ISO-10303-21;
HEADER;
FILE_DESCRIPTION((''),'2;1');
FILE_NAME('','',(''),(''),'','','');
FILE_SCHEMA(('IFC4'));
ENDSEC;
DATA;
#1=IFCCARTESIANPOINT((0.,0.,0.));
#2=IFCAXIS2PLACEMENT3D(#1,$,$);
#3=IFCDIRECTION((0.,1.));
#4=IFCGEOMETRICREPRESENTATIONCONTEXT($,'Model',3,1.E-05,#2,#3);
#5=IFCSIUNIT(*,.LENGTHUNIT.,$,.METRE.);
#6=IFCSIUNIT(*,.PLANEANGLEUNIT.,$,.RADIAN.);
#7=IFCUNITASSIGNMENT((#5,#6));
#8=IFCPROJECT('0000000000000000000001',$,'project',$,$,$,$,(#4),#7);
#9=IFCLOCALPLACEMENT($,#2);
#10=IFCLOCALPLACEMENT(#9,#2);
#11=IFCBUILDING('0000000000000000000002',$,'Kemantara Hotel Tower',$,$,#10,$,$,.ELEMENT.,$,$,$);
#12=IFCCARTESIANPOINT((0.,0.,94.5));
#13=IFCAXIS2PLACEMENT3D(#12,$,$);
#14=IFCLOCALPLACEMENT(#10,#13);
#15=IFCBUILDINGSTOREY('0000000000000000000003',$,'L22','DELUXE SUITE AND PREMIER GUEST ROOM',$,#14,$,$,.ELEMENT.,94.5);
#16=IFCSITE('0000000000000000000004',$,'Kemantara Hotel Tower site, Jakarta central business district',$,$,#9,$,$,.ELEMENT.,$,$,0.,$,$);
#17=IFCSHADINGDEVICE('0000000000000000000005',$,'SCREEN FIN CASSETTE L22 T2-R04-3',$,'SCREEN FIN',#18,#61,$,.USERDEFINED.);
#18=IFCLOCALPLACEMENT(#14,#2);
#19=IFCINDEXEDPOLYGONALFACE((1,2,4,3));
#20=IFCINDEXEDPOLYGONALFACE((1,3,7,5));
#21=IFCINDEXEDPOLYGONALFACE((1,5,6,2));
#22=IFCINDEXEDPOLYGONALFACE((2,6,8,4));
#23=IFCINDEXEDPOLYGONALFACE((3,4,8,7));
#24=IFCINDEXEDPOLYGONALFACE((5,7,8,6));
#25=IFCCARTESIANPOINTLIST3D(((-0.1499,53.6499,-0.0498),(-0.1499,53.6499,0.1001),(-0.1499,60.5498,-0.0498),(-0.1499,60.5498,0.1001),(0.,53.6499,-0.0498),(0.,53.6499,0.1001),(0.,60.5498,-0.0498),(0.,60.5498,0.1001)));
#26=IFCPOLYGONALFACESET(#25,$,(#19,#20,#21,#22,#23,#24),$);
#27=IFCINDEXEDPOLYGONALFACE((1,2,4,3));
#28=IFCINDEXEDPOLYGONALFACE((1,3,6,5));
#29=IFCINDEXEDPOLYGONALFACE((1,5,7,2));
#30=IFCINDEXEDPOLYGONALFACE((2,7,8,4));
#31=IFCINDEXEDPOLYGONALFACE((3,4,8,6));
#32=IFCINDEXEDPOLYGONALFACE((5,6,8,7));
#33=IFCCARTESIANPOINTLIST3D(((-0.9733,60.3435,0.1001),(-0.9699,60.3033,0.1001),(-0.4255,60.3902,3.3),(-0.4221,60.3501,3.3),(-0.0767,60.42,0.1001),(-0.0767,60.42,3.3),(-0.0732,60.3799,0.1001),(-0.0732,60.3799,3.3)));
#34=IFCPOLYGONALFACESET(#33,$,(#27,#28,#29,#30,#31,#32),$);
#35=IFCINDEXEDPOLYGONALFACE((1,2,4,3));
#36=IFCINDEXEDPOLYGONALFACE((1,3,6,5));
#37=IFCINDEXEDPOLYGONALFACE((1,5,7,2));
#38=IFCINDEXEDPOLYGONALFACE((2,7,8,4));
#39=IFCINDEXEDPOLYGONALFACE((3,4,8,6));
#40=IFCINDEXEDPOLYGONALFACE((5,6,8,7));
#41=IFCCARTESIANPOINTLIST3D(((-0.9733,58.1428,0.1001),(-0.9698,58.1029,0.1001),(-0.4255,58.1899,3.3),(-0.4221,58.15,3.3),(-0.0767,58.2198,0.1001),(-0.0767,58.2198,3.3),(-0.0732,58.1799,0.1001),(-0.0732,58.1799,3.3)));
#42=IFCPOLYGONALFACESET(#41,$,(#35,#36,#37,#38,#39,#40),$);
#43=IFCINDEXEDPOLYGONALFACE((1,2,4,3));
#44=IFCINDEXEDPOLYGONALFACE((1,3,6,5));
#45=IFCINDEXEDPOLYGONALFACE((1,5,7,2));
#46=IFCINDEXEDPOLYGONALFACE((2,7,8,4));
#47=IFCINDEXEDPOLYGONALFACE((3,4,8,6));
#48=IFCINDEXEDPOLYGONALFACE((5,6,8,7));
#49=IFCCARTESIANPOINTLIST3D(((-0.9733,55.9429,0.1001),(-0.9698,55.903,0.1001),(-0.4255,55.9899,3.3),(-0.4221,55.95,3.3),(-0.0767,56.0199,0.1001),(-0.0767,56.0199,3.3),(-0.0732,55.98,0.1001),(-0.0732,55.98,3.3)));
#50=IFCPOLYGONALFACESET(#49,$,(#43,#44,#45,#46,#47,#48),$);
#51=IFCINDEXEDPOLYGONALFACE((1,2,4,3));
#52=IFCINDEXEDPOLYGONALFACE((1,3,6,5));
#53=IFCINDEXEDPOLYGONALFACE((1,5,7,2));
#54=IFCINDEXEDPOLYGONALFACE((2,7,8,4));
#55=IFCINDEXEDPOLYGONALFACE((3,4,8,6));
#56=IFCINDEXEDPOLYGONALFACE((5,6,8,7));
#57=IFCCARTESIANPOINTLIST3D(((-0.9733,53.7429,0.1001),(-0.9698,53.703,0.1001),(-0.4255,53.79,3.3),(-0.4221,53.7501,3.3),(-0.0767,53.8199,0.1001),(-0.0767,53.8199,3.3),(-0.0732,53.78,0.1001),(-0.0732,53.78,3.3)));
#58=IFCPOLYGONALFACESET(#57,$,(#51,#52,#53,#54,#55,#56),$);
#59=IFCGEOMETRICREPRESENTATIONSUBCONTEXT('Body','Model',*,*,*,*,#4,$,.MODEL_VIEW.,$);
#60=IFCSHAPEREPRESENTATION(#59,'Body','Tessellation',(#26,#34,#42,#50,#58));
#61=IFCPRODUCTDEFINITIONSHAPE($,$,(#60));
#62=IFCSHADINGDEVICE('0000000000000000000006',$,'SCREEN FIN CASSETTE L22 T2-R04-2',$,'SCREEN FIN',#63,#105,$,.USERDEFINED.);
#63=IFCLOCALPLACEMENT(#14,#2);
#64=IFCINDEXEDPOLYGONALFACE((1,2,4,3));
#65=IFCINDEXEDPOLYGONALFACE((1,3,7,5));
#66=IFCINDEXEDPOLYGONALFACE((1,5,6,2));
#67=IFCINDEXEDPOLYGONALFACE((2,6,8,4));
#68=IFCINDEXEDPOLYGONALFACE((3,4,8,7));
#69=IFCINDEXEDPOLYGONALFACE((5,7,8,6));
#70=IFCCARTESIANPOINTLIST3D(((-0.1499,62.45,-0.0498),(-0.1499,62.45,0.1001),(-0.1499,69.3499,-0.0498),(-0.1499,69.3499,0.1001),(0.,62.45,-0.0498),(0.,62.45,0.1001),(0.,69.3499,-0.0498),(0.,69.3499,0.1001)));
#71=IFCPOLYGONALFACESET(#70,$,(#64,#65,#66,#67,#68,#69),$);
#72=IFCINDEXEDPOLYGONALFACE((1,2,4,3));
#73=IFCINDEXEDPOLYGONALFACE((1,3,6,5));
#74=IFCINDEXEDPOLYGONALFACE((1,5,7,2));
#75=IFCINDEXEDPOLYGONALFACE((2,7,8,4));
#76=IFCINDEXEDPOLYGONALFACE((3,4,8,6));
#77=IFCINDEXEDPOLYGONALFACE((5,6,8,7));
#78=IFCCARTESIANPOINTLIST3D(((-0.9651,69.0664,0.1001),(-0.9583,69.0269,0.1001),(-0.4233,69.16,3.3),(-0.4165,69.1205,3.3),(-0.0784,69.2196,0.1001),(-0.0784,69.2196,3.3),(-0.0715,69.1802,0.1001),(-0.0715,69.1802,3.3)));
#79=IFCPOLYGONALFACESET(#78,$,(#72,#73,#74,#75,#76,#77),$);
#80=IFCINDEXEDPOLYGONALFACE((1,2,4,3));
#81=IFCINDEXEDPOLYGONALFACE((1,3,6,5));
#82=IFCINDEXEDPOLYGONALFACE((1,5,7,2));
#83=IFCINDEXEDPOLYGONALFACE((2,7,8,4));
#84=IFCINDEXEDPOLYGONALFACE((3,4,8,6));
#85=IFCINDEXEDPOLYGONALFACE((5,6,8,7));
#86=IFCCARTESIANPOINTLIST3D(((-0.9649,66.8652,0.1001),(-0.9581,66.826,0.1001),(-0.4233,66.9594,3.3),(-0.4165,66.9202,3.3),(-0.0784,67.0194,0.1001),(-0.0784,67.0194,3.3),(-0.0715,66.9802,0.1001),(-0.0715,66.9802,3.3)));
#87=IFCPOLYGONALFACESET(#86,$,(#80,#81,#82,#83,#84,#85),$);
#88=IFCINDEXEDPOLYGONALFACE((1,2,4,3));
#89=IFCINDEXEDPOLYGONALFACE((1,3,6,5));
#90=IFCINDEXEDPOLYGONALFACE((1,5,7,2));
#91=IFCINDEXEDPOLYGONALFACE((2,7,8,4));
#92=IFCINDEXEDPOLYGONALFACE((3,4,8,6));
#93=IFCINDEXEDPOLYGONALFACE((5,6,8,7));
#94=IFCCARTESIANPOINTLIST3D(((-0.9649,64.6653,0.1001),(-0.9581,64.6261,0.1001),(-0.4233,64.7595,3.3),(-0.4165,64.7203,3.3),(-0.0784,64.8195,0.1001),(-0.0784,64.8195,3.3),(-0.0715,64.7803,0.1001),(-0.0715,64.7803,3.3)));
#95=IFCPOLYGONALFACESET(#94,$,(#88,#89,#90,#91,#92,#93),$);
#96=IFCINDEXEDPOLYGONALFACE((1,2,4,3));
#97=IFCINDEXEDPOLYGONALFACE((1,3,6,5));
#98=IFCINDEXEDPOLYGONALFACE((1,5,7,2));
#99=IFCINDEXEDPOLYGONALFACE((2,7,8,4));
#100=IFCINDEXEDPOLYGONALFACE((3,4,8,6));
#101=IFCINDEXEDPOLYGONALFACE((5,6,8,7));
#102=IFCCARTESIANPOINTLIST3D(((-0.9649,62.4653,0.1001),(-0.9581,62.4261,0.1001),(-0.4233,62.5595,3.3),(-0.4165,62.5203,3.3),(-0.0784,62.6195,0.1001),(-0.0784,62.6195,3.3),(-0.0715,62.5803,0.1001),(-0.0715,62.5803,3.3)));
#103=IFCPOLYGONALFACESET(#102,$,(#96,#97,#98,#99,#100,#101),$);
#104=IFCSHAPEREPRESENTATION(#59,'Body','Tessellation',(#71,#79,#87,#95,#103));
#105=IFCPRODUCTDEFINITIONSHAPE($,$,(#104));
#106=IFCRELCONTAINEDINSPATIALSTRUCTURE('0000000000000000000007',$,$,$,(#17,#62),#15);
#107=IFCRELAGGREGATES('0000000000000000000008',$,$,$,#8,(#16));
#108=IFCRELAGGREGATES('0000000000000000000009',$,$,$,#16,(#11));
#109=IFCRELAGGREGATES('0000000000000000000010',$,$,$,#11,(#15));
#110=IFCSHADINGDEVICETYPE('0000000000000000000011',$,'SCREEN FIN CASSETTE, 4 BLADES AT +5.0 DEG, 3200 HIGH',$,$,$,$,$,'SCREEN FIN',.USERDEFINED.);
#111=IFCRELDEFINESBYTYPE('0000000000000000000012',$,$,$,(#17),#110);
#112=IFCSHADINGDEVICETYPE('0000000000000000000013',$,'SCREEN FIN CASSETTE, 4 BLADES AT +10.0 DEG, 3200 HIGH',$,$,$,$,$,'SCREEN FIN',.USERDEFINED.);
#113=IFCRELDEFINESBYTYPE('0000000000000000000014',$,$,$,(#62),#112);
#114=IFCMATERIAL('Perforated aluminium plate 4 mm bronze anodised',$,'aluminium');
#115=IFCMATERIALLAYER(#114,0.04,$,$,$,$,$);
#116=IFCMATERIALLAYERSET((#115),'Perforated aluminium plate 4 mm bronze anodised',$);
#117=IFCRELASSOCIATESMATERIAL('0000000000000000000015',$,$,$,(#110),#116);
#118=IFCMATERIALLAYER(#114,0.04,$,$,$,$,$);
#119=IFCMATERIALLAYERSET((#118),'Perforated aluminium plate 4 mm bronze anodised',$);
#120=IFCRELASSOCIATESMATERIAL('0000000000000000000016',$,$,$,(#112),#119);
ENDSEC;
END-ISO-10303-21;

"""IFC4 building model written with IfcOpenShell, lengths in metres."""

from ifc_helpers import new_model, si_unit, direction, frame, origin, origin_2d, place, context, subcontext, project, spatial, polyline, rectangle, outline, extrude, source, transform, mapped, material, layer, layer_set, type_object, element, save


model = new_model("IFC4")

# Units and contexts
model_context = context("Model", 3, precision=1e-05, world=origin(), true_north=direction((0.0, 1.0)))
body_context = subcontext(model_context, "Body", "Model", "MODEL_VIEW")
ifc_project = project(units=[si_unit("LENGTHUNIT", "METRE"), si_unit("PLANEANGLEUNIT", "RADIAN")], contexts=[model_context])

# Site, building, storey
site_placement = place(None, origin())
site = spatial("IfcSite", under=ifc_project, at=site_placement, Name="Kemantara Hotel Tower site, Jakarta central business district", CompositionType="ELEMENT", RefElevation=0.0)
building_placement = place(site_placement, origin())
building = spatial("IfcBuilding", under=site, at=building_placement, Name="Kemantara Hotel Tower", CompositionType="ELEMENT")
storey_placement = place(building_placement, frame((0.0, 0.0, 94.5)))
storey = spatial("IfcBuildingStorey", under=building, at=storey_placement, Name="L22", Description="DELUXE SUITE AND PREMIER GUEST ROOM", CompositionType="ELEMENT", Elevation=94.5)

# Shading devices
ifc_material_1 = material(Name="Perforated aluminium plate 4 mm bronze anodised", Category="aluminium")
ifc_layer_1 = layer(ifc_material_1, 0.04)
ifc_layer_set_1 = layer_set([ifc_layer_1], Name="Perforated aluminium plate 4 mm bronze anodised")
shading_device_type_1 = type_object("IfcShadingDeviceType", Name="SCREEN FIN CASSETTE, 4 BLADES AT +5.0 DEG, 3200 HIGH", ElementType="SCREEN FIN", PredefinedType="USERDEFINED", material=ifc_layer_set_1)
shared_shape_1 = source(origin(), body_context, "Body", "SweptSolid", [
    extrude(rectangle(XDim=6.8999, YDim=0.1499, at=origin_2d()), frame((3.3, -0.075, -0.1499), z_axis=(0.0, 0.0, 1.0), x_axis=(1.0, 0.0, 0.0)), (0.0, 0.0, 1.0), 0.1499),
    extrude(outline(polyline([(0.0, 0.0), (0.8999, 0.0), (0.3501, 3.2), (0.0, 3.2), (0.0, 0.0)])), frame((0.02, -0.0732, 0.0), z_axis=(-0.996376, -0.085056, 0.0), x_axis=(0.085056, -0.996376, 0.0)), (0.0, 0.0, 1.0), 0.0403),
    extrude(outline(polyline([(0.0, 0.0), (0.8999, 0.0), (0.3501, 3.2), (0.0, 3.2), (0.0, 0.0)])), frame((2.22, -0.0732, 0.0), z_axis=(-0.996332, -0.085575, 0.0), x_axis=(0.085575, -0.996332, 0.0)), (0.0, 0.0, 1.0), 0.04),
    extrude(outline(polyline([(0.0, 0.0), (0.8999, 0.0), (0.3501, 3.2), (0.0, 3.2), (0.0, 0.0)])), frame((4.4199, -0.0732, 0.0), z_axis=(-0.996332, -0.085575, 0.0), x_axis=(0.085575, -0.996332, 0.0)), (0.0, 0.0, 1.0), 0.04),
    extrude(outline(polyline([(0.0, 0.0), (0.8999, 0.0), (0.3501, 3.2), (0.0, 3.2), (0.0, 0.0)])), frame((6.6199, -0.0732, 0.0), z_axis=(-0.996332, -0.085575, 0.0), x_axis=(0.085575, -0.996332, 0.0)), (0.0, 0.0, 1.0), 0.04),
])
shading_device_1_placement = place(storey_placement, frame((0.0, 60.3999, 0.1001), z_axis=(0.0, 0.0, 1.0), x_axis=(0.0, -1.0, 0.0)))
element("IfcShadingDevice", 1, at=shading_device_1_placement, inside=storey, type_object=shading_device_type_1, Name="SCREEN FIN CASSETTE L22 T2-R04-3", ObjectType="SCREEN FIN", PredefinedType="USERDEFINED", context=body_context, shape_type="MappedRepresentation", body=[
    mapped(shared_shape_1, transform((0.0, 0.0, 0.0))),
])
ifc_layer_2 = layer(ifc_material_1, 0.04)
ifc_layer_set_2 = layer_set([ifc_layer_2], Name="Perforated aluminium plate 4 mm bronze anodised")
shading_device_type_2 = type_object("IfcShadingDeviceType", Name="SCREEN FIN CASSETTE, 4 BLADES AT +10.0 DEG, 3200 HIGH", ElementType="SCREEN FIN", PredefinedType="USERDEFINED", material=ifc_layer_set_2)
shared_shape_2 = source(origin(), body_context, "Body", "SweptSolid", [
    extrude(rectangle(XDim=6.8999, YDim=0.1499, at=origin_2d()), frame((3.3, -0.075, -0.1499), z_axis=(0.0, 0.0, 1.0), x_axis=(1.0, 0.0, 0.0)), (0.0, 0.0, 1.0), 0.1499),
    extrude(outline(polyline([(0.0, 0.0), (0.8999, 0.0), (0.3501, 3.2), (0.0, 3.2), (0.0, 0.0)])), frame((0.0198, -0.0715, 0.0), z_axis=(-0.98539, -0.170314, 0.0), x_axis=(0.170314, -0.98539, 0.0)), (0.0, 0.0, 1.0), 0.04),
    extrude(outline(polyline([(0.0, 0.0), (0.8999, 0.0), (0.3501, 3.2), (0.0, 3.2), (0.0, 0.0)])), frame((2.2197, -0.0715, 0.0), z_axis=(-0.985212, -0.171341, 0.0), x_axis=(0.171341, -0.985212, 0.0)), (0.0, 0.0, 1.0), 0.0398),
    extrude(outline(polyline([(0.0, 0.0), (0.8999, 0.0), (0.3501, 3.2), (0.0, 3.2), (0.0, 0.0)])), frame((4.4197, -0.0715, 0.0), z_axis=(-0.985212, -0.171341, 0.0), x_axis=(0.171341, -0.985212, 0.0)), (0.0, 0.0, 1.0), 0.0398),
    extrude(outline(polyline([(0.0, 0.0), (0.8999, 0.0), (0.3501, 3.2), (0.0, 3.2), (0.0, 0.0)])), frame((6.6196, -0.0715, 0.0), z_axis=(-0.985212, -0.171341, 0.0), x_axis=(0.171341, -0.985212, 0.0)), (0.0, 0.0, 1.0), 0.0398),
])
shading_device_2_placement = place(storey_placement, frame((0.0, 69.2, 0.1001), z_axis=(0.0, 0.0, 1.0), x_axis=(0.0, -1.0, 0.0)))
element("IfcShadingDevice", 2, at=shading_device_2_placement, inside=storey, type_object=shading_device_type_2, Name="SCREEN FIN CASSETTE L22 T2-R04-2", ObjectType="SCREEN FIN", PredefinedType="USERDEFINED", context=body_context, shape_type="MappedRepresentation", body=[
    mapped(shared_shape_2, transform((0.0, 0.0, 0.0))),
])

save(model, "model.ifc")
